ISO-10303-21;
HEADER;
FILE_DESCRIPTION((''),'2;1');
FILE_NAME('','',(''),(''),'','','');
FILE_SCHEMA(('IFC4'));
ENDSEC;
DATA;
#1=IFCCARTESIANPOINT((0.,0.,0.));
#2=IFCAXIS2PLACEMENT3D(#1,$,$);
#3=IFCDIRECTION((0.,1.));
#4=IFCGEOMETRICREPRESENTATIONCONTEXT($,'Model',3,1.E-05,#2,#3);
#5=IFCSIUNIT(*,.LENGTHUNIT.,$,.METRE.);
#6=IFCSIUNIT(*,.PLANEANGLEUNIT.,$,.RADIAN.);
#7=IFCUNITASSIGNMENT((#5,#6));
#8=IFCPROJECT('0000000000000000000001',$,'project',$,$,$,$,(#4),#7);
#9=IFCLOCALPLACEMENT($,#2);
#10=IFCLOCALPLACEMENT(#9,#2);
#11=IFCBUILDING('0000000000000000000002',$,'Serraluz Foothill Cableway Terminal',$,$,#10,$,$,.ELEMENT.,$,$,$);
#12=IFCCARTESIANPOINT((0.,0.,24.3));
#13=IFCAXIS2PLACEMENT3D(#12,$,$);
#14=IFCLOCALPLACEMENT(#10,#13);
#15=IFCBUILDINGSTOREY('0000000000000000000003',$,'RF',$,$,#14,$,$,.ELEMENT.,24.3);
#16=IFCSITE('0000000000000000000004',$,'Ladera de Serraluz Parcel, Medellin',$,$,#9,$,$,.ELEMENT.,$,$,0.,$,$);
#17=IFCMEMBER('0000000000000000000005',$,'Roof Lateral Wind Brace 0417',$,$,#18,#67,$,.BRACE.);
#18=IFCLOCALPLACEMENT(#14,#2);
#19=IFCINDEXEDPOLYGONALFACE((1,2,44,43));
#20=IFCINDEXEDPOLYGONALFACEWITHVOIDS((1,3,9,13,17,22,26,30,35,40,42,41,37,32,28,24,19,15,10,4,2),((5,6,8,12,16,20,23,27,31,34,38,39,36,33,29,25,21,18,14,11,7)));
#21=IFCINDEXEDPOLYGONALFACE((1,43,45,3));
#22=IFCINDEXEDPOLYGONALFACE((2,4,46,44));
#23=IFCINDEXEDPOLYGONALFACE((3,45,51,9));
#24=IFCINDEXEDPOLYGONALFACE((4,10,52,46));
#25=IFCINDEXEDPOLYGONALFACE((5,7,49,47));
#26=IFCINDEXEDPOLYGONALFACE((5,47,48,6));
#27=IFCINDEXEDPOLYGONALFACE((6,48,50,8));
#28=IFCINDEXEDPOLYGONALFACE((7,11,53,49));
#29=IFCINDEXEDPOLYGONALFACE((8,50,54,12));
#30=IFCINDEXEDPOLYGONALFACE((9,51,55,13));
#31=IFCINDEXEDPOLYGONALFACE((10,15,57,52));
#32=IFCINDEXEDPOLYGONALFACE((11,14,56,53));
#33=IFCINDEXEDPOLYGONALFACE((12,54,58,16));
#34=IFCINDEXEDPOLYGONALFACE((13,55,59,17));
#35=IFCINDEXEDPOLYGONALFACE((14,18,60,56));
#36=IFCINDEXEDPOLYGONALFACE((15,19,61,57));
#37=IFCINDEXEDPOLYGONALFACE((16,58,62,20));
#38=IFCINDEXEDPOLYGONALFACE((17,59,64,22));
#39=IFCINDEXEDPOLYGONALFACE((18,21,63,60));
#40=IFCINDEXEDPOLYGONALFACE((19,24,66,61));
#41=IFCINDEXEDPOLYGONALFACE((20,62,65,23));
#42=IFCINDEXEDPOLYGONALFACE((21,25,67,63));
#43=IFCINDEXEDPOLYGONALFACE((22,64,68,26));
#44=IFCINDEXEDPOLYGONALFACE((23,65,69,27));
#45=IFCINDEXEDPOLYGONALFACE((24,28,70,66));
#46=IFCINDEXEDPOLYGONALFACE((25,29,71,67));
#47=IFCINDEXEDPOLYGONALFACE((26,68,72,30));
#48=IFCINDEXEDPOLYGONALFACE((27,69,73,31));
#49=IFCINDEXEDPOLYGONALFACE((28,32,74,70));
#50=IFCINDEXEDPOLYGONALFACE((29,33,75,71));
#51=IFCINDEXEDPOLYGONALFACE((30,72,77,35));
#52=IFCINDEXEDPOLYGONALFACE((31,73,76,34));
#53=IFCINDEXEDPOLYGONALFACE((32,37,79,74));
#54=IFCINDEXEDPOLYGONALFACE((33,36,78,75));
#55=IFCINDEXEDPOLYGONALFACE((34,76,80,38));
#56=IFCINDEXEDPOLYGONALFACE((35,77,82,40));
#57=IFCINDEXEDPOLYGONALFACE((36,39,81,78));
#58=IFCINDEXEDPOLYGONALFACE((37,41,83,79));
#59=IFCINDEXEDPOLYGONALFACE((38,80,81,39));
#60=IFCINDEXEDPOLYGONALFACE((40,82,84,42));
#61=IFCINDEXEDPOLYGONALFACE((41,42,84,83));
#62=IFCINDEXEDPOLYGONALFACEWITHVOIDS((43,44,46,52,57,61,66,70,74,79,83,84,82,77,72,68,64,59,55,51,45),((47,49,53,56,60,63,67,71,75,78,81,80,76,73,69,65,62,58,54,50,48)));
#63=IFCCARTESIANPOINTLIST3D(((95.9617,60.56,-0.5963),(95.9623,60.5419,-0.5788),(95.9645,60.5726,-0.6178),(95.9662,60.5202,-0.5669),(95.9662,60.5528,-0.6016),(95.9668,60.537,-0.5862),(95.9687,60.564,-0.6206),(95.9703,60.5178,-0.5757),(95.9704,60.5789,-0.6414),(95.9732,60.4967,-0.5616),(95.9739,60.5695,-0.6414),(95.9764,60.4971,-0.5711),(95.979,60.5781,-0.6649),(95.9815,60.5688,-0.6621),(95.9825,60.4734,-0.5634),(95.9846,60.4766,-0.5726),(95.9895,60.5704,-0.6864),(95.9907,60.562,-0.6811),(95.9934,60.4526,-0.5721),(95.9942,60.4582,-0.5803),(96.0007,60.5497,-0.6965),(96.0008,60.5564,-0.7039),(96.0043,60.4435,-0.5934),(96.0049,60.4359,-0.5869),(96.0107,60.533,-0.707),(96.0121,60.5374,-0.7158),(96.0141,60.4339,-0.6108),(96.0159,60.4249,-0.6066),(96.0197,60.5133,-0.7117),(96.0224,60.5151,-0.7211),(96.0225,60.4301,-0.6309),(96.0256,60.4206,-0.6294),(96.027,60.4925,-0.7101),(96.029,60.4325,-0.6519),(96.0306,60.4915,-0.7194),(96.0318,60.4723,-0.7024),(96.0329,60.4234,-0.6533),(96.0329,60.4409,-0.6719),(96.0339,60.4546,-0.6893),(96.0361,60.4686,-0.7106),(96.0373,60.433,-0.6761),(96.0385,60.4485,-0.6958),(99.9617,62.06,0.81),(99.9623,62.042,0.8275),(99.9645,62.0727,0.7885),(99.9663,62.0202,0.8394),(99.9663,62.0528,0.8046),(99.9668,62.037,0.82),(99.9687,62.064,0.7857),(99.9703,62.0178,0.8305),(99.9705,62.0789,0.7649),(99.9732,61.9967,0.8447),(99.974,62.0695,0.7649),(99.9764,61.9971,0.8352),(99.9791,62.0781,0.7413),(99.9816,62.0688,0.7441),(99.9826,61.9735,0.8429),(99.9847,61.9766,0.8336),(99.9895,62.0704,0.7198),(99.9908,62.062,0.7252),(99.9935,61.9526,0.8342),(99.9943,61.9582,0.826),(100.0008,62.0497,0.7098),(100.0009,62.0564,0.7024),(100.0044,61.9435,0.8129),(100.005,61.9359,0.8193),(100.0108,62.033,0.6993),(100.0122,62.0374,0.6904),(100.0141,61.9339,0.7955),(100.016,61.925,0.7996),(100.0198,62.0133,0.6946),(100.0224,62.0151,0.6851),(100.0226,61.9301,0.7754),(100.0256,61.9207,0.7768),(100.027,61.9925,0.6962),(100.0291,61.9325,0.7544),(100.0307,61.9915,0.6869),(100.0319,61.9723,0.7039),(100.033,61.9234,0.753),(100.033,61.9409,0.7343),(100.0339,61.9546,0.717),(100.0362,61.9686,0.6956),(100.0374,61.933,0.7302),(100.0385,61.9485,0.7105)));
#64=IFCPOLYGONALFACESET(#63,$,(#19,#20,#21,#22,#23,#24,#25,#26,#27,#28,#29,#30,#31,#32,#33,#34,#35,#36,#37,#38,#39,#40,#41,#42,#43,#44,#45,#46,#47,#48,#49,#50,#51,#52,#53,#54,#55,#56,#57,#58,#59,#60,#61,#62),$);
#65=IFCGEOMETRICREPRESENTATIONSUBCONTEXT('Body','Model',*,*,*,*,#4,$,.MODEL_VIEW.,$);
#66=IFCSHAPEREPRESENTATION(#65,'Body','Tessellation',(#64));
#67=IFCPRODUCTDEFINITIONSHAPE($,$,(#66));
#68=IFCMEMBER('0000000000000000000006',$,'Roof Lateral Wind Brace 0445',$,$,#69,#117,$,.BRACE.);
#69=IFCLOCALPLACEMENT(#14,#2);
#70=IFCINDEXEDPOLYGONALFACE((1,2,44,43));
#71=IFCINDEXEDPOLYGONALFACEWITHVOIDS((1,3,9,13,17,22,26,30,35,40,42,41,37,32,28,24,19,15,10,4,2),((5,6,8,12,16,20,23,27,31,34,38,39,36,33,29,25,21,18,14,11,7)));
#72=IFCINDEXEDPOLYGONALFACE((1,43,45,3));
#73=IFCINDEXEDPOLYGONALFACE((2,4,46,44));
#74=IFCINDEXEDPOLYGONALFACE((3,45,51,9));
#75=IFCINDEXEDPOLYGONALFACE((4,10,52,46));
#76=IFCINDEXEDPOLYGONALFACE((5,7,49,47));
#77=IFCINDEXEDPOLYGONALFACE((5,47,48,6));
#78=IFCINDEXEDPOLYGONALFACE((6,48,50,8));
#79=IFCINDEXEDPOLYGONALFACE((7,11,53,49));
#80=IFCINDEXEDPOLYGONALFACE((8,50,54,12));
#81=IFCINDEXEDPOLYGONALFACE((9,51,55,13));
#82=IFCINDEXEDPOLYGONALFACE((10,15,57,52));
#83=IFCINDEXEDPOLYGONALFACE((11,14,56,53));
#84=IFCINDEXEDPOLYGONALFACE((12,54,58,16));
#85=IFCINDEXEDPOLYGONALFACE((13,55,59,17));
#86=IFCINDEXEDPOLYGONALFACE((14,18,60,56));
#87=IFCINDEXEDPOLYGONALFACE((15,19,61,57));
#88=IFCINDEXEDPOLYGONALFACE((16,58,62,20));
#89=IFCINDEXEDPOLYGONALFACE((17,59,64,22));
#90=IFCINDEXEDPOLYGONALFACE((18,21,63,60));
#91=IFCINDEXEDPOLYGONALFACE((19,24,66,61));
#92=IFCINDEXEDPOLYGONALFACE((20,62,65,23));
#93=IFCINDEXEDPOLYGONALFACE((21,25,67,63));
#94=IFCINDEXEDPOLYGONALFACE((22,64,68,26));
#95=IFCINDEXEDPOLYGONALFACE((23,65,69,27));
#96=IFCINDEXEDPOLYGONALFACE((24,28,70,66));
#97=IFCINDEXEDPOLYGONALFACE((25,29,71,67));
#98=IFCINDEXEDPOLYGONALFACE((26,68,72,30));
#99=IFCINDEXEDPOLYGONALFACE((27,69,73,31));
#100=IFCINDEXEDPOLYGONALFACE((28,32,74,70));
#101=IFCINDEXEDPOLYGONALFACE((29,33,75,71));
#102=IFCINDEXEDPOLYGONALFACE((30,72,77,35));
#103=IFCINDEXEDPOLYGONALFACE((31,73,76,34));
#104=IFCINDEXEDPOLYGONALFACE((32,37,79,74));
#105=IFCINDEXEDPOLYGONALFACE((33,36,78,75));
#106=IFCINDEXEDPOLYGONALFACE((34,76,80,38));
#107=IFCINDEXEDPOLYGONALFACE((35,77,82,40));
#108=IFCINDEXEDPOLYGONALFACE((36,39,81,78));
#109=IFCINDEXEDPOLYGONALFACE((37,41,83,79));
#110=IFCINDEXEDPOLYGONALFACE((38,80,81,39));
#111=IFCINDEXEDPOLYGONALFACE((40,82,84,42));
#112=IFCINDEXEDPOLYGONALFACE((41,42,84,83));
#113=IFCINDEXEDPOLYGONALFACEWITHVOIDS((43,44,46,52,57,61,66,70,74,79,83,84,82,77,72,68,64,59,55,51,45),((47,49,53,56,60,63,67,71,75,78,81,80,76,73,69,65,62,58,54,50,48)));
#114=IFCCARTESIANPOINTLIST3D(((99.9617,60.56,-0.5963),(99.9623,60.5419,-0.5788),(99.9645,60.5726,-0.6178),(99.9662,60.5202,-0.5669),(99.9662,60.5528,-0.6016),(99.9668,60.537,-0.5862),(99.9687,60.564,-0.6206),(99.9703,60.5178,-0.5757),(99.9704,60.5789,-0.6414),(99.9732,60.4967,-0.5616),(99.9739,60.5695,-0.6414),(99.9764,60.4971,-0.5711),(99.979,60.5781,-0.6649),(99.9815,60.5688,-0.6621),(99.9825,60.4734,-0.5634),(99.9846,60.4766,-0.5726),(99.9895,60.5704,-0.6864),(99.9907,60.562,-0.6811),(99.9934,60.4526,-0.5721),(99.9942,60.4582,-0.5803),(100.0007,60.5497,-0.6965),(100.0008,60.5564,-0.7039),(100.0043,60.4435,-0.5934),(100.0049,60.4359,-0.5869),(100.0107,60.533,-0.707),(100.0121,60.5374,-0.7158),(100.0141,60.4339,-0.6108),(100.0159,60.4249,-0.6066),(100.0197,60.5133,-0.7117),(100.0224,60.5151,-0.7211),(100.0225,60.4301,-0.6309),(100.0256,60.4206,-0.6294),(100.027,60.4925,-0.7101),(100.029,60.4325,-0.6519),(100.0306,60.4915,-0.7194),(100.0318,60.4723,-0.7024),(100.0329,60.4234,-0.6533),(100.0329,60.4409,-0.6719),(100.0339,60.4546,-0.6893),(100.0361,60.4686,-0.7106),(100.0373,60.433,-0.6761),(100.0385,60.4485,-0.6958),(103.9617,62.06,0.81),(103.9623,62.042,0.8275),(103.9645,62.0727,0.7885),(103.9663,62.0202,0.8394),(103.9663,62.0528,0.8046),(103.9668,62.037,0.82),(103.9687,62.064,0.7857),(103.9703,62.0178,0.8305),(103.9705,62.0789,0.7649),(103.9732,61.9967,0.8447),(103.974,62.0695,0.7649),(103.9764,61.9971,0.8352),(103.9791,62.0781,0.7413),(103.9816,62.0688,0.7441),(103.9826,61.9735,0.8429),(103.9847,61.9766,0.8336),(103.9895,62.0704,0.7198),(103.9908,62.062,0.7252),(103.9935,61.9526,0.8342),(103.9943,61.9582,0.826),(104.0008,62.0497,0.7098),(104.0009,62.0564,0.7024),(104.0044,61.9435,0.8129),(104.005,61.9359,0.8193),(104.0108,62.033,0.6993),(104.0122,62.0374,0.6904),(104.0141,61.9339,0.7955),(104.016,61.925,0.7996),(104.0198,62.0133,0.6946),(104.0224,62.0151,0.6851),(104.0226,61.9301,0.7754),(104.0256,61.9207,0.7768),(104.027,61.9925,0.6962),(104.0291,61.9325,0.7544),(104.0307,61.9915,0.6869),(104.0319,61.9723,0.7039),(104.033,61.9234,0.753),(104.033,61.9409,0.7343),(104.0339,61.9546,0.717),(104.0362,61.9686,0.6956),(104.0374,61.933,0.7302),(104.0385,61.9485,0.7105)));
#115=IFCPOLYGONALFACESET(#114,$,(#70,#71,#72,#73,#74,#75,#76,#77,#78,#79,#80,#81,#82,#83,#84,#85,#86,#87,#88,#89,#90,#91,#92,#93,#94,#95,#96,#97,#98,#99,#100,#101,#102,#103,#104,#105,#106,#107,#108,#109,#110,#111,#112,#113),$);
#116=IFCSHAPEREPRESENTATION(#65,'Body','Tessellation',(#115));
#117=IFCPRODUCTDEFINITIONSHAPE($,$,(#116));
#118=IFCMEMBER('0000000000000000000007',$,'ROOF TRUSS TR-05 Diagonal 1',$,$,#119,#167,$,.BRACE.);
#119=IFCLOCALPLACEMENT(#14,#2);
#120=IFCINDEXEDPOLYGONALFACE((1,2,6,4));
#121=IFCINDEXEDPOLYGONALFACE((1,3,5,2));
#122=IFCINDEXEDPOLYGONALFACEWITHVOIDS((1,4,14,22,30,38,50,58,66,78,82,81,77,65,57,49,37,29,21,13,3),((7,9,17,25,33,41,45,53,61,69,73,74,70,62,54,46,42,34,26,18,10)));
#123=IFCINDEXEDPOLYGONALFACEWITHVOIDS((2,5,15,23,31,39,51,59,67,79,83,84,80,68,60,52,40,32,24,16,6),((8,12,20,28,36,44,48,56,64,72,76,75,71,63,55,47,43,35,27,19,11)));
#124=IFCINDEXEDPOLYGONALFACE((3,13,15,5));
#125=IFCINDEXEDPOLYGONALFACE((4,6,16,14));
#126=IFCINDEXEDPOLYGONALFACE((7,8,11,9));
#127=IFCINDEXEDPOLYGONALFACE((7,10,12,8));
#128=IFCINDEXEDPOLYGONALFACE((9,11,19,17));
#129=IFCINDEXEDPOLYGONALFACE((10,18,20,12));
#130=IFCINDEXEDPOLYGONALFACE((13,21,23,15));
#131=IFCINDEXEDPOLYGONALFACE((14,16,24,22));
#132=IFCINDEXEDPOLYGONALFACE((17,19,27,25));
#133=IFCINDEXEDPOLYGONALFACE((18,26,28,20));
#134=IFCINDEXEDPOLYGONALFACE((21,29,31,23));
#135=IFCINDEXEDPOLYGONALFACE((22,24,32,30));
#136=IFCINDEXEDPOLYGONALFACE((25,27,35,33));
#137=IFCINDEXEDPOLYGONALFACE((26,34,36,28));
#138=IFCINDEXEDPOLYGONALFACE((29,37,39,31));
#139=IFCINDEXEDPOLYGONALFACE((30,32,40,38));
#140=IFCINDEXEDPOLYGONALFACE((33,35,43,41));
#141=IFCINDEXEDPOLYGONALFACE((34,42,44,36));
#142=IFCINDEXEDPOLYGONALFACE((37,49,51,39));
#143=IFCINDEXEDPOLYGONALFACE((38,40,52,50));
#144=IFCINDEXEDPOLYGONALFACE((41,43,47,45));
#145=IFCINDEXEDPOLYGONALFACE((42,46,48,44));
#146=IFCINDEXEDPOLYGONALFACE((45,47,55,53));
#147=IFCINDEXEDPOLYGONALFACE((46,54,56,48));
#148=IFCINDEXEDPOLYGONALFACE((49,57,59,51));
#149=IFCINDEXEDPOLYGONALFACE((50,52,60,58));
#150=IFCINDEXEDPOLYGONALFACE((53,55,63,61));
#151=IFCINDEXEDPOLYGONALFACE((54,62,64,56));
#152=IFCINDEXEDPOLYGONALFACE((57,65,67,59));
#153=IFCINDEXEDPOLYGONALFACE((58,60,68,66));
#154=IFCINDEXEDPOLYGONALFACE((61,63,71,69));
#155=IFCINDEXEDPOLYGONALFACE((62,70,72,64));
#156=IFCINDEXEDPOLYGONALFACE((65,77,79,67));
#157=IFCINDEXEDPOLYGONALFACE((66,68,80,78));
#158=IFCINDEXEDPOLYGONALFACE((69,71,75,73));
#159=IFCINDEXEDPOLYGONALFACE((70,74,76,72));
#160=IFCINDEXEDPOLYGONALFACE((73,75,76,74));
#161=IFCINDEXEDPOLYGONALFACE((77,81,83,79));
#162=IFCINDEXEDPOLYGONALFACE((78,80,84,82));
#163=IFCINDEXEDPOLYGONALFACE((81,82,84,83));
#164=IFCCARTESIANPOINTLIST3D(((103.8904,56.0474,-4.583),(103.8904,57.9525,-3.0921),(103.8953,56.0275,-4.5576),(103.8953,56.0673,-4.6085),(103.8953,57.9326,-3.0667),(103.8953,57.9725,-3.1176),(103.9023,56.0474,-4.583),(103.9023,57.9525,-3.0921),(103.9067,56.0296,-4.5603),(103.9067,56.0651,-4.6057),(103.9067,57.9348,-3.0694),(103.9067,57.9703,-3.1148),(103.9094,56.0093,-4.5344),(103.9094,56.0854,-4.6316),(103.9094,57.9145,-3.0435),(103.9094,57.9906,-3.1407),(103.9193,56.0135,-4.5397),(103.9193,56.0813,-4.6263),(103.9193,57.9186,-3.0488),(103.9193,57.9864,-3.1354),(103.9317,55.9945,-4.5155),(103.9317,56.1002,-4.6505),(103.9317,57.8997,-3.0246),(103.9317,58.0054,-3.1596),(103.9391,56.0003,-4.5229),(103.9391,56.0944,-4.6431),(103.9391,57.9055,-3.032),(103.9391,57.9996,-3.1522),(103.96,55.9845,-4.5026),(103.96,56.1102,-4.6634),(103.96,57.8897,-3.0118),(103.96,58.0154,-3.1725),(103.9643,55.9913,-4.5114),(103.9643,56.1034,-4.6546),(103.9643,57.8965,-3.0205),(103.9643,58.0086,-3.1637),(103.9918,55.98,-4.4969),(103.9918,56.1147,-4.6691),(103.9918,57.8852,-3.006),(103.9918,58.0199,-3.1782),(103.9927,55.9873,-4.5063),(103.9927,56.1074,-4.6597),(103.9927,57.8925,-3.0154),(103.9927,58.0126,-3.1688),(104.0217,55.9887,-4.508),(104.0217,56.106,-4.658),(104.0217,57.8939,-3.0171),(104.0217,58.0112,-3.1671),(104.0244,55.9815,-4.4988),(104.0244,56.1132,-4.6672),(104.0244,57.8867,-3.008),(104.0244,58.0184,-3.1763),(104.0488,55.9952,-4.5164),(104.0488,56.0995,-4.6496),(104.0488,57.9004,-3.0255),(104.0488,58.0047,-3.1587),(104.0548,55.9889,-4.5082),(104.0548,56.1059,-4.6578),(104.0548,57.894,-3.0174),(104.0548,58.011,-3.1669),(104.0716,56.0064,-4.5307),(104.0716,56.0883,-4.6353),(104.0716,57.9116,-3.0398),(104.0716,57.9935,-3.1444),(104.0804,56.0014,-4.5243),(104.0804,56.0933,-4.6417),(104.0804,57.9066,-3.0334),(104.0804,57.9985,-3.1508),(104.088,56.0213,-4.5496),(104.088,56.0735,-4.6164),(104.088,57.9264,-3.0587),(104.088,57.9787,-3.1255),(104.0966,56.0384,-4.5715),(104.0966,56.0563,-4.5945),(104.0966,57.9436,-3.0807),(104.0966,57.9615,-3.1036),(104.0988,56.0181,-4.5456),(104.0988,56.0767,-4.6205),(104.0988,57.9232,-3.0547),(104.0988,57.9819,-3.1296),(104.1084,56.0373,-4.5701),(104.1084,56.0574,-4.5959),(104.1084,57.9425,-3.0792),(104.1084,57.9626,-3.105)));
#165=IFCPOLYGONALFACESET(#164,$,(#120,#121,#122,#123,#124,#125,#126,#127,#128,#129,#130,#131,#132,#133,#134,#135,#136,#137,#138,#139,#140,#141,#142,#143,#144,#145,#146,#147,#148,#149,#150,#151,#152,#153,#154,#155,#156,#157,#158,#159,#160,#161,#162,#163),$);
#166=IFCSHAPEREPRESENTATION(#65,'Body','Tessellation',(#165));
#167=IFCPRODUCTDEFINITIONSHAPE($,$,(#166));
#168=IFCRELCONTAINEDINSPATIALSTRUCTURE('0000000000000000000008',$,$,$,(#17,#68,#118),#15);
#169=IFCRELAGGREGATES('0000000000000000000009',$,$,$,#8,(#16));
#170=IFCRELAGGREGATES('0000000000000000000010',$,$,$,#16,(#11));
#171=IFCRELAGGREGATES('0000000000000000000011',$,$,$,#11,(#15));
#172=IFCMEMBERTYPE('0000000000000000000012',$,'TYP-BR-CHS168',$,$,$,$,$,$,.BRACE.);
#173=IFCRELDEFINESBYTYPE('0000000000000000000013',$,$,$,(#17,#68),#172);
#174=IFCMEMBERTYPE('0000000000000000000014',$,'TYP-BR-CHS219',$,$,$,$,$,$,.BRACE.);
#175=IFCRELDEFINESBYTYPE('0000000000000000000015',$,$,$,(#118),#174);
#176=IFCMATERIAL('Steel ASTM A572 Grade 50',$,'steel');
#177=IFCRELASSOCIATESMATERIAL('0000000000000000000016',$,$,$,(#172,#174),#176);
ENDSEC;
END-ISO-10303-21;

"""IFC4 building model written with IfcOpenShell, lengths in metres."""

from ifc_helpers import new_model, si_unit, direction, frame, origin, origin_2d, place, context, subcontext, project, spatial, hollow_circle, extrude, material, material_profile, profile_set, type_object, element, save


model = new_model("IFC4")

# Units and contexts
model_context = context("Model", 3, precision=1e-05, world=origin(), true_north=direction((0.0, 1.0)))
body_context = subcontext(model_context, "Body", "Model", "MODEL_VIEW")
ifc_project = project(units=[si_unit("LENGTHUNIT", "METRE"), si_unit("PLANEANGLEUNIT", "RADIAN")], contexts=[model_context])

# Site, building, storey
site_placement = place(None, origin())
site = spatial("IfcSite", under=ifc_project, at=site_placement, Name="Ladera de Serraluz Parcel, Medellin", CompositionType="ELEMENT", RefElevation=0.0)
building_placement = place(site_placement, origin())
building = spatial("IfcBuilding", under=site, at=building_placement, Name="Serraluz Foothill Cableway Terminal", CompositionType="ELEMENT")
storey_placement = place(building_placement, frame((0.0, 0.0, 24.3)))
storey = spatial("IfcBuildingStorey", under=building, at=storey_placement, Name="RF", CompositionType="ELEMENT", Elevation=24.3)

# Members
ifc_material_1 = material(Name="Steel ASTM A572 Grade 50", Category="steel")
ifc_material_profile_1 = material_profile(ifc_material_1, hollow_circle(Radius=0.0842, WallThickness=0.01, at=origin_2d()), Name="CHS168X10")
ifc_profile_set_1 = profile_set([ifc_material_profile_1], Name="Steel ASTM A572 Grade 50")
member_type_1 = type_object("IfcMemberType", Name="TYP-BR-CHS168", PredefinedType="BRACE", material=ifc_profile_set_1)
for number, where, z_axis, x_axis, name in (
    (1, (96.0, 60.5, -0.6414), (0.889382, 0.333518, 0.312673), (-0.351123, 0.936329, 0.0), "Roof Lateral Wind Brace 0417"),
    (2, (100.0, 60.5, -0.6414), (0.889382, 0.333518, 0.312673), (-0.351123, 0.936329, 0.0), "Roof Lateral Wind Brace 0445"),
):
    element("IfcMember", number, at=place(storey_placement, frame(where, z_axis=z_axis, x_axis=x_axis)), inside=storey, type_object=member_type_1, Name=name, PredefinedType="BRACE", context=body_context, shape_type="SweptSolid", body=[
        extrude(hollow_circle(Radius=0.0842, WallThickness=0.01, at=origin_2d()), origin(), (0.0, 0.0, 1.0), 4.4976),
    ])
ifc_material_profile_2 = material_profile(ifc_material_1, hollow_circle(Radius=0.1096, WallThickness=0.012, at=origin_2d()), Name="CHS219X12")
ifc_profile_set_2 = profile_set([ifc_material_profile_2], Name="Steel ASTM A572 Grade 50")
member_type_2 = type_object("IfcMemberType", Name="TYP-BR-CHS219", PredefinedType="BRACE", material=ifc_profile_set_2)
member_1_placement = place(storey_placement, frame((104.0, 56.0474, -4.583), z_axis=(0.0, 0.787528, 0.616278), x_axis=(-1.0, 0.0, 0.0)))
element("IfcMember", 3, at=member_1_placement, inside=storey, type_object=member_type_2, Name="ROOF TRUSS TR-05 Diagonal 1", PredefinedType="BRACE", context=body_context, shape_type="SweptSolid", body=[
    extrude(hollow_circle(Radius=0.1096, WallThickness=0.012, at=origin_2d()), origin(), (0.0, 0.0, 1.0), 2.4192),
])

save(model, "model.ifc")
